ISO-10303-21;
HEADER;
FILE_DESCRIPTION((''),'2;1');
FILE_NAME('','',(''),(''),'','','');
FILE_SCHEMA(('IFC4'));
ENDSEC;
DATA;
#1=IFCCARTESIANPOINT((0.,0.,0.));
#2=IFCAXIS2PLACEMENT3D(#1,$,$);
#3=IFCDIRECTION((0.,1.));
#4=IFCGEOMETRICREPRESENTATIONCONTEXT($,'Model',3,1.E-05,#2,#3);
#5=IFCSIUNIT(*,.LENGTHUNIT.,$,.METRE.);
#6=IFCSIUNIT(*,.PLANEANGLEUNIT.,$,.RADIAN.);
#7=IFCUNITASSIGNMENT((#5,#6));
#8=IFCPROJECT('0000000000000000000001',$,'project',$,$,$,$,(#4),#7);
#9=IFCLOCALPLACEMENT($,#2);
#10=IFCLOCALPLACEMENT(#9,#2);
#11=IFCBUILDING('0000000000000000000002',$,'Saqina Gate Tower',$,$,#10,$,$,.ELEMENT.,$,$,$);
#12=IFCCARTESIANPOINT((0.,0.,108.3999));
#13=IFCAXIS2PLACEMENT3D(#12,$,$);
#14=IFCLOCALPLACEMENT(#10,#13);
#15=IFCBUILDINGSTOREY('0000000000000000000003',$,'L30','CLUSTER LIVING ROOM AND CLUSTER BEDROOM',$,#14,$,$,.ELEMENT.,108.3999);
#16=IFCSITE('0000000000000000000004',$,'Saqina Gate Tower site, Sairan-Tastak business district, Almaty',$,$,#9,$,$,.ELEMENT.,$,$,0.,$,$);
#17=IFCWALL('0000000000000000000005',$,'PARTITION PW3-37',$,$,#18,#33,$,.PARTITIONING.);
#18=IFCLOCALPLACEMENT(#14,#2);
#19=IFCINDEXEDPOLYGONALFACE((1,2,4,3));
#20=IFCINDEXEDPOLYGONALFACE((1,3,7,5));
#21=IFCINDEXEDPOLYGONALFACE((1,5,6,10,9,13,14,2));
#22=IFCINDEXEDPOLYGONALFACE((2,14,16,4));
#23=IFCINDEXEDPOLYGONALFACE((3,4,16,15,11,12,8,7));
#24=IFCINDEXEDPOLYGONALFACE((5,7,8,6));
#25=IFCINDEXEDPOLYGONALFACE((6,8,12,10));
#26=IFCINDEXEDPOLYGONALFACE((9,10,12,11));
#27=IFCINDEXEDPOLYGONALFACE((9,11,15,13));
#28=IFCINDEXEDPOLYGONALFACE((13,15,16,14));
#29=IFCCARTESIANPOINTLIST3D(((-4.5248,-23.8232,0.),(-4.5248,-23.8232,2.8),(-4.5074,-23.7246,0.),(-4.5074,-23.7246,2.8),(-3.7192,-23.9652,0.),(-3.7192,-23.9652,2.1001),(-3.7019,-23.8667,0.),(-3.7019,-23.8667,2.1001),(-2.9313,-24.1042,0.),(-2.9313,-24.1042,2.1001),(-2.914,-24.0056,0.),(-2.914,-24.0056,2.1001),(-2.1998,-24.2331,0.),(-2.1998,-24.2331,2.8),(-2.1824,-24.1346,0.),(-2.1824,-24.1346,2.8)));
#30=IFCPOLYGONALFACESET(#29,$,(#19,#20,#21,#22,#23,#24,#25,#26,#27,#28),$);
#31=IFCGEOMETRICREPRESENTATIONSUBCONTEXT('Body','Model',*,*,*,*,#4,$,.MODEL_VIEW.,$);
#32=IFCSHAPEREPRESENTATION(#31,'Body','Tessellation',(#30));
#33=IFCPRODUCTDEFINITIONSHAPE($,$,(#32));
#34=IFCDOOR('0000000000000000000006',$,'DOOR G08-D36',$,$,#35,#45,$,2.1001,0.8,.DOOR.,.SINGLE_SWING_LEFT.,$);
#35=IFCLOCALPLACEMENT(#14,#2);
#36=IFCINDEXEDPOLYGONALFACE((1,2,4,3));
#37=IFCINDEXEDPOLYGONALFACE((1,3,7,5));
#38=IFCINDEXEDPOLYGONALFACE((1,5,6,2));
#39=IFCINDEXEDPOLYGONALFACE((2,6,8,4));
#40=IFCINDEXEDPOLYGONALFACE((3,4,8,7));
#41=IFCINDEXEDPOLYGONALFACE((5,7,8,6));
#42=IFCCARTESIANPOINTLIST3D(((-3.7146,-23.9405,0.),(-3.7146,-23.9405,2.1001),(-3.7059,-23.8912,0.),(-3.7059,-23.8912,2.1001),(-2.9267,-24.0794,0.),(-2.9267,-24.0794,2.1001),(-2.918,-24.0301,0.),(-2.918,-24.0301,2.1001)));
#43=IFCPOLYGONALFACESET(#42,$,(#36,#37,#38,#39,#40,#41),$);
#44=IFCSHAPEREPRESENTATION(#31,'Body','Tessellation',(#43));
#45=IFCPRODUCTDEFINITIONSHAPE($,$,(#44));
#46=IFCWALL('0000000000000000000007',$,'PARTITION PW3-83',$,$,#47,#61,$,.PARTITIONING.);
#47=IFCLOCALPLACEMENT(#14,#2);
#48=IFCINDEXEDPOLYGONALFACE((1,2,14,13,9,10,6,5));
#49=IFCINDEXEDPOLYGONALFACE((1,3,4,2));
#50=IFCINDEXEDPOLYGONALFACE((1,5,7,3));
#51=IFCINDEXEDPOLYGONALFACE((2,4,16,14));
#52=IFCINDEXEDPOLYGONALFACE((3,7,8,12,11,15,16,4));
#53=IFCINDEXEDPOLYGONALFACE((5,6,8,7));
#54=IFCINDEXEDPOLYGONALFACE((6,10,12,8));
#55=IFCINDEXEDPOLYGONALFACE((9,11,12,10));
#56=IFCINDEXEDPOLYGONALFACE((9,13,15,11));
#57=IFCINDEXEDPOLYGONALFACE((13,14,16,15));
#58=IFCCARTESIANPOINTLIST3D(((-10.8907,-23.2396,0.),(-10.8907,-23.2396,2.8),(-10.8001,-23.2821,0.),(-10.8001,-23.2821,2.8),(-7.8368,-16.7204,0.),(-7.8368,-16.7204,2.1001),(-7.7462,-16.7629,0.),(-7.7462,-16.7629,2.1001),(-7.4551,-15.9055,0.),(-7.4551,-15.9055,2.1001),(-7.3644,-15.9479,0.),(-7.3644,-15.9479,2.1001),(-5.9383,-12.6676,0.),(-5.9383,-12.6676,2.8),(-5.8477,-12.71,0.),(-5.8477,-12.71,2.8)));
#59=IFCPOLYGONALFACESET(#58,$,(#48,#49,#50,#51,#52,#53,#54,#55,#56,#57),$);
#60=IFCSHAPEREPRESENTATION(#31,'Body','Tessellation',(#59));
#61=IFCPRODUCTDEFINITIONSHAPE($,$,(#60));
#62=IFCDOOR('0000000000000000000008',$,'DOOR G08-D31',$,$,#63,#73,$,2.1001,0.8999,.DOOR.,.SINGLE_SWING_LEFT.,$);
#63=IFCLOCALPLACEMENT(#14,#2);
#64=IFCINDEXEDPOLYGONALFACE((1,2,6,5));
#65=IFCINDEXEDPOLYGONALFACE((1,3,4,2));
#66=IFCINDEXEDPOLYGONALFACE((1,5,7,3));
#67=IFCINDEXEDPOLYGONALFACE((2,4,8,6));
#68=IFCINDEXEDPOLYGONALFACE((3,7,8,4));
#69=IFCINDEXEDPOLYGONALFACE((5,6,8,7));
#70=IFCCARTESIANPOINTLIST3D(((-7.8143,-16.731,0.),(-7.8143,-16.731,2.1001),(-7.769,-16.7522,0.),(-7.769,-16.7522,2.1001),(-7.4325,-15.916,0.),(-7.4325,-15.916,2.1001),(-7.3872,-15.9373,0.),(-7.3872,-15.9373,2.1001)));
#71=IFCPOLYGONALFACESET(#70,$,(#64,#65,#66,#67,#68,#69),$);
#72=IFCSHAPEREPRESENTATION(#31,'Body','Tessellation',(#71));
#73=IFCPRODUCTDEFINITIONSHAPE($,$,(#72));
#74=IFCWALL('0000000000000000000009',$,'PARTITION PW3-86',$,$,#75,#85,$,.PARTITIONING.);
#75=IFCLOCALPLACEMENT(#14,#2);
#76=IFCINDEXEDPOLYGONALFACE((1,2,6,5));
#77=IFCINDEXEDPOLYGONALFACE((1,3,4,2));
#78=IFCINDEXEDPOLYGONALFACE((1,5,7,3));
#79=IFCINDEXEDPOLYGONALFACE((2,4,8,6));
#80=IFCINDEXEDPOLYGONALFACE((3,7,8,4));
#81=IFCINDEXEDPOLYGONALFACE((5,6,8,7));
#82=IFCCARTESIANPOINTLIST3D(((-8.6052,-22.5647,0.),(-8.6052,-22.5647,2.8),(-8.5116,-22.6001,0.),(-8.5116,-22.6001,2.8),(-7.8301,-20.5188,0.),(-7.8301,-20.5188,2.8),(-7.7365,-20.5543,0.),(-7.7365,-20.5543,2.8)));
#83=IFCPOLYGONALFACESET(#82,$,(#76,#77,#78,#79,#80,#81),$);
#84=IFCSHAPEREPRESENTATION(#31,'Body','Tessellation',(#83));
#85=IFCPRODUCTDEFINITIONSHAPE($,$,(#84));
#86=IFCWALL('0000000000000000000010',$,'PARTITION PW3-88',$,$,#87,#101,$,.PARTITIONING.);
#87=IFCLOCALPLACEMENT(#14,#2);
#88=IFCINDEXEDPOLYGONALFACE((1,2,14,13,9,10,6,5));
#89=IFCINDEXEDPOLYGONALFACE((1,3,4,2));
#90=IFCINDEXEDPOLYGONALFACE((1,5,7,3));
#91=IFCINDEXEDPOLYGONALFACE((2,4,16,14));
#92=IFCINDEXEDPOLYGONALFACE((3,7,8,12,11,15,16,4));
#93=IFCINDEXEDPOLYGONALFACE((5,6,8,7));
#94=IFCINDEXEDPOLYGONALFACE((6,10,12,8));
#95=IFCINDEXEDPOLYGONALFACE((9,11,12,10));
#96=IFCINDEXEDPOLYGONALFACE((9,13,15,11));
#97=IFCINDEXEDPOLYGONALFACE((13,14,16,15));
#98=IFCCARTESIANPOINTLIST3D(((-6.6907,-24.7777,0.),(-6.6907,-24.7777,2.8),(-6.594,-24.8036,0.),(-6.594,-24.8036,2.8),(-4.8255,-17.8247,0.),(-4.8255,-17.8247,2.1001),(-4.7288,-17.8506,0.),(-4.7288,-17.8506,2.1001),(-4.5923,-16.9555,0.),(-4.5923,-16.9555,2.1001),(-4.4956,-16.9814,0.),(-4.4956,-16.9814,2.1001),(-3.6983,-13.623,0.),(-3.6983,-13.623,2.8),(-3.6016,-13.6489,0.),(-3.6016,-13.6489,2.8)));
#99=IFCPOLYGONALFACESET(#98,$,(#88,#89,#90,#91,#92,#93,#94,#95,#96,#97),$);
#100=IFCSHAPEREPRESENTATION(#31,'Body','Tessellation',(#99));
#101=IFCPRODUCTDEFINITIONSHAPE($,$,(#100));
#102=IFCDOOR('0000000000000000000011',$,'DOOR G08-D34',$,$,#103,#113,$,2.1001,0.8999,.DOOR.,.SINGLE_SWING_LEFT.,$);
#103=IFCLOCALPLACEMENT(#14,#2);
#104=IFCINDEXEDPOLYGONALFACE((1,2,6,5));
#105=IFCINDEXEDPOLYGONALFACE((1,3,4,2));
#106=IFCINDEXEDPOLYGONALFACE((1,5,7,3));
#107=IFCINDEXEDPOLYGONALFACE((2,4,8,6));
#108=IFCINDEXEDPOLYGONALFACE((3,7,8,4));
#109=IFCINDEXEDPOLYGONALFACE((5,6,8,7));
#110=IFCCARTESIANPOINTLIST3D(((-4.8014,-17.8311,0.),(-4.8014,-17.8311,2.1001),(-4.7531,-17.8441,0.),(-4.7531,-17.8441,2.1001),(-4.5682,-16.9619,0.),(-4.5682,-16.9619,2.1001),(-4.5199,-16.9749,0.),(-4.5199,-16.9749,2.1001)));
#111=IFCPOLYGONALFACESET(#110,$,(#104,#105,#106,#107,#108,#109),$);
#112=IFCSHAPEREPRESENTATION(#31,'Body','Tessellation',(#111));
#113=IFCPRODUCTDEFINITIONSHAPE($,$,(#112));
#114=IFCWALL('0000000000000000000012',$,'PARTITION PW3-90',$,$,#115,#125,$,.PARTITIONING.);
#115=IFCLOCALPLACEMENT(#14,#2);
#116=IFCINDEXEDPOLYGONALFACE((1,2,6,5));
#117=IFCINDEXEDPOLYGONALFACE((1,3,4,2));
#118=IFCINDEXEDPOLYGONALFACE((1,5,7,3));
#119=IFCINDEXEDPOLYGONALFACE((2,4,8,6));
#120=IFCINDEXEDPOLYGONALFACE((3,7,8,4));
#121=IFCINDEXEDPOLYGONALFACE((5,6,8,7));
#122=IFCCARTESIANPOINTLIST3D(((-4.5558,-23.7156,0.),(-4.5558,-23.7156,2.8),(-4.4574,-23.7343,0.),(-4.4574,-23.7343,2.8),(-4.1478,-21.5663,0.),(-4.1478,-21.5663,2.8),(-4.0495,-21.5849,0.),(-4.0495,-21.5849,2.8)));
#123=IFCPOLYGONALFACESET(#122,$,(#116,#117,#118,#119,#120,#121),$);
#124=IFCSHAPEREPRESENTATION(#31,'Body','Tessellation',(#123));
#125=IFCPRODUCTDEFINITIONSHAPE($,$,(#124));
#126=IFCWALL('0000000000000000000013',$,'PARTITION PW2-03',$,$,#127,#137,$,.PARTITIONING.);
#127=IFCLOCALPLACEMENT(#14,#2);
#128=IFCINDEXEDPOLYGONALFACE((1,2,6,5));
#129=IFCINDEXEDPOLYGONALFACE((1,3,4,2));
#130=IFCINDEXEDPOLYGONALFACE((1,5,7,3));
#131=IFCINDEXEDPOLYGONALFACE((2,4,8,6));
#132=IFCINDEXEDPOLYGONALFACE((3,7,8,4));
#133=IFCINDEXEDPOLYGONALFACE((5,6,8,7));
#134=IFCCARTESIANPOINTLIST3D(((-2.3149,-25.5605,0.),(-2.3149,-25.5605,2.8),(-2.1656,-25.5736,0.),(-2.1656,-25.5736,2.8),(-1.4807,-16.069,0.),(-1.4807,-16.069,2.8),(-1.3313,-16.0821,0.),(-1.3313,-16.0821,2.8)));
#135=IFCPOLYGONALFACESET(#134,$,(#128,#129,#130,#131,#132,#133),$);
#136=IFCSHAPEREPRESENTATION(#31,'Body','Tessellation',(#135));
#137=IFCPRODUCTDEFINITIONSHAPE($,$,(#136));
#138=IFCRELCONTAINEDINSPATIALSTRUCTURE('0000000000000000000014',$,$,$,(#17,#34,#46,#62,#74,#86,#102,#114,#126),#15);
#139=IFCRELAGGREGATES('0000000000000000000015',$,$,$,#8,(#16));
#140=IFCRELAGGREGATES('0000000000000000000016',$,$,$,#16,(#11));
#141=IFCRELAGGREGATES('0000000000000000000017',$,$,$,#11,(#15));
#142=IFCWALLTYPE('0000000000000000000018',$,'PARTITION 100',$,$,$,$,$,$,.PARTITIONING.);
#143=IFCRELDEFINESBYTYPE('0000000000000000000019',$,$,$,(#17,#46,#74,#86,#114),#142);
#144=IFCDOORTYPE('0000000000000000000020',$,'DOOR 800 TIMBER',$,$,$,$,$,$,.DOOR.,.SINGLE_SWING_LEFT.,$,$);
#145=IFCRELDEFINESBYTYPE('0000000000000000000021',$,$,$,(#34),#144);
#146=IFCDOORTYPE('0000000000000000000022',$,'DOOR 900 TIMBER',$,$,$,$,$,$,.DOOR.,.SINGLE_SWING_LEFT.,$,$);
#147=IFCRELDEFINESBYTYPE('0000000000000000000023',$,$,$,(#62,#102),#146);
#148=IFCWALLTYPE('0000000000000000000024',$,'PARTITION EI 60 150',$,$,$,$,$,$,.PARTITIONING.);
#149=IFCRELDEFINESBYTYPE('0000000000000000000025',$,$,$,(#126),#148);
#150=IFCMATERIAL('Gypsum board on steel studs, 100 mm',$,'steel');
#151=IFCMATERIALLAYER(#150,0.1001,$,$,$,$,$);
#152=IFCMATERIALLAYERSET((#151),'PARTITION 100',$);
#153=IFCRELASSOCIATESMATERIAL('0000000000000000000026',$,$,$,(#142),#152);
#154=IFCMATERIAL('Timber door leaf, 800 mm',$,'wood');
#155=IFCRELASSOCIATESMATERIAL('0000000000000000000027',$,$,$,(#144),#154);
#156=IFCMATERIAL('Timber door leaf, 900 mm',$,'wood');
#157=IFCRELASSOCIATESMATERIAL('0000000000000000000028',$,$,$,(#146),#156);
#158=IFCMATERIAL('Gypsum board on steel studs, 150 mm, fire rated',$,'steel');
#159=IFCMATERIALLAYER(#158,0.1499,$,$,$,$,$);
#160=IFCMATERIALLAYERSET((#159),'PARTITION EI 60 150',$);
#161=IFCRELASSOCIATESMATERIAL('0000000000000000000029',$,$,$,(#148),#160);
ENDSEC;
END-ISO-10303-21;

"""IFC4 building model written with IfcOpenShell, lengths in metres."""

from ifc_helpers import new_model, si_unit, direction, frame, frame_2d, origin, place, context, subcontext, project, spatial, rectangle, extrude, material, layer, layer_set, type_object, element, fill, save


model = new_model("IFC4")

# Units and contexts
model_context = context("Model", 3, precision=1e-05, world=origin(), true_north=direction((0.0, 1.0)))
body_context = subcontext(model_context, "Body", "Model", "MODEL_VIEW")
ifc_project = project(units=[si_unit("LENGTHUNIT", "METRE"), si_unit("PLANEANGLEUNIT", "RADIAN")], contexts=[model_context])

# Site, building, storey
site_placement = place(None, origin())
site = spatial("IfcSite", under=ifc_project, at=site_placement, Name="Saqina Gate Tower site, Sairan-Tastak business district, Almaty", CompositionType="ELEMENT", RefElevation=0.0)
building_placement = place(site_placement, origin())
building = spatial("IfcBuilding", under=site, at=building_placement, Name="Saqina Gate Tower", CompositionType="ELEMENT")
storey_placement = place(building_placement, frame((0.0, 0.0, 108.3999)))
storey = spatial("IfcBuildingStorey", under=building, at=storey_placement, Name="L30", Description="CLUSTER LIVING ROOM AND CLUSTER BEDROOM", CompositionType="ELEMENT", Elevation=108.3999)

# Walls, openings, doors
ifc_material_1 = material(Name="Gypsum board on steel studs, 100 mm", Category="steel")
ifc_layer_1 = layer(ifc_material_1, 0.1001)
ifc_layer_set_1 = layer_set([ifc_layer_1], Name="PARTITION 100")
wall_type_1 = type_object("IfcWallType", Name="PARTITION 100", PredefinedType="PARTITIONING", material=ifc_layer_set_1)
ifc_material_2 = material(Name="Timber door leaf, 800 mm", Category="wood")
door_type_1 = type_object("IfcDoorType", Name="DOOR 800 TIMBER", OperationType="SINGLE_SWING_LEFT", PredefinedType="DOOR", material=ifc_material_2)
wall_1_placement = place(storey_placement, frame((-4.5161, -23.7739, 0.0), z_axis=(0.0, 0.0, 1.0), x_axis=(0.984811, -0.173632, 0.0)))
wall_1 = element("IfcWall", 1, at=wall_1_placement, inside=storey, type_object=wall_type_1, Name="PARTITION PW3-37", PredefinedType="PARTITIONING", context=body_context, shape_type="SweptSolid", body=[
    extrude(rectangle(XDim=2.3608, YDim=0.1001, at=frame_2d((1.1804, 0.0))), origin(), (0.0, 0.0, 1.0), 2.8),
])
opening_1_placement = place(wall_1_placement, frame((0.8181, 0.0, 0.0)))
opening_1 = element("IfcOpeningElement", 2, at=opening_1_placement, cuts=wall_1, PredefinedType="OPENING", context=body_context, shape_type="SweptSolid", body=[
    extrude(rectangle(XDim=0.8, YDim=2.1001, at=frame_2d((0.3999, 1.05))), frame((0.0, 0.062, 0.0), z_axis=(0.0, -1.0, 0.0), x_axis=(1.0, 0.0, 0.0)), (0.0, 0.0, 1.0), 0.124),
])
door_1_placement = place(opening_1_placement, frame((0.8, 0.0, 0.0), z_axis=(0.0, 0.0, 1.0), x_axis=(-1.0, 0.0, 0.0)))
door_1 = element("IfcDoor", 3, at=door_1_placement, inside=storey, type_object=door_type_1, Name="DOOR G08-D36", OperationType="SINGLE_SWING_LEFT", OverallHeight=2.1001, OverallWidth=0.8, PredefinedType="DOOR", context=body_context, shape_type="SweptSolid", body=[
    extrude(rectangle(XDim=0.8, YDim=2.1001, at=frame_2d((0.3999, 1.05))), frame((0.0, 0.0249, 0.0), z_axis=(0.0, -1.0, 0.0), x_axis=(1.0, 0.0, 0.0)), (0.0, 0.0, 1.0), 0.05),
])
fill(opening_1, door_1)
wall_2_placement = place(storey_placement, frame((-10.8455, -23.261, 0.0), z_axis=(0.0, 0.0, 1.0), x_axis=(0.424206, 0.905566, 0.0)))
wall_2 = element("IfcWall", 4, at=wall_2_placement, inside=storey, type_object=wall_type_1, Name="PARTITION PW3-83", PredefinedType="PARTITIONING", context=body_context, shape_type="SweptSolid", body=[
    extrude(rectangle(XDim=11.6746, YDim=0.1001, at=frame_2d((5.8374, 0.0))), origin(), (0.0, 0.0, 1.0), 2.8),
])
opening_2_placement = place(wall_2_placement, frame((7.1992, 0.0, 0.0)))
opening_2 = element("IfcOpeningElement", 5, at=opening_2_placement, cuts=wall_2, PredefinedType="OPENING", context=body_context, shape_type="SweptSolid", body=[
    extrude(rectangle(XDim=0.8999, YDim=2.1001, at=frame_2d((0.45, 1.05))), frame((0.0, 0.062, 0.0), z_axis=(0.0, -1.0, 0.0), x_axis=(1.0, 0.0, 0.0)), (0.0, 0.0, 1.0), 0.124),
])
ifc_material_3 = material(Name="Timber door leaf, 900 mm", Category="wood")
door_type_2 = type_object("IfcDoorType", Name="DOOR 900 TIMBER", OperationType="SINGLE_SWING_LEFT", PredefinedType="DOOR", material=ifc_material_3)
door_2_placement = place(opening_2_placement, frame((0.8999, 0.0, 0.0), z_axis=(0.0, 0.0, 1.0), x_axis=(-1.0, 0.0, 0.0)))
door_2 = element("IfcDoor", 6, at=door_2_placement, inside=storey, type_object=door_type_2, Name="DOOR G08-D31", OperationType="SINGLE_SWING_LEFT", OverallHeight=2.1001, OverallWidth=0.8999, PredefinedType="DOOR", context=body_context, shape_type="SweptSolid", body=[
    extrude(rectangle(XDim=0.8999, YDim=2.1001, at=frame_2d((0.45, 1.05))), frame((0.0, 0.0249, 0.0), z_axis=(0.0, -1.0, 0.0), x_axis=(1.0, 0.0, 0.0)), (0.0, 0.0, 1.0), 0.05),
])
fill(opening_2, door_2)

# Wall
wall_3_placement = place(storey_placement, frame((-8.5583, -22.5823, 0.0), z_axis=(0.0, 0.0, 1.0), x_axis=(0.354301, 0.935131, 0.0)))
element("IfcWall", 7, at=wall_3_placement, inside=storey, type_object=wall_type_1, Name="PARTITION PW3-86", PredefinedType="PARTITIONING", context=body_context, shape_type="SweptSolid", body=[
    extrude(rectangle(XDim=2.1877, YDim=0.1001, at=frame_2d((1.0938, 0.0))), origin(), (0.0, 0.0, 1.0), 2.8),
])

# Wall, opening, door
wall_4_placement = place(storey_placement, frame((-6.6423, -24.7905, 0.0), z_axis=(0.0, 0.0, 1.0), x_axis=(0.259103, 0.96585, 0.0)))
wall_4 = element("IfcWall", 8, at=wall_4_placement, inside=storey, type_object=wall_type_1, Name="PARTITION PW3-88", PredefinedType="PARTITIONING", context=body_context, shape_type="SweptSolid", body=[
    extrude(rectangle(XDim=11.5491, YDim=0.1001, at=frame_2d((5.7744, 0.0))), origin(), (0.0, 0.0, 1.0), 2.8),
])
opening_3_placement = place(wall_4_placement, frame((7.1987, 0.0, 0.0)))
opening_3 = element("IfcOpeningElement", 9, at=opening_3_placement, cuts=wall_4, PredefinedType="OPENING", context=body_context, shape_type="SweptSolid", body=[
    extrude(rectangle(XDim=0.8999, YDim=2.1001, at=frame_2d((0.45, 1.05))), frame((0.0, 0.062, 0.0), z_axis=(0.0, -1.0, 0.0), x_axis=(1.0, 0.0, 0.0)), (0.0, 0.0, 1.0), 0.124),
])
door_3_placement = place(opening_3_placement, frame((0.8999, 0.0, 0.0), z_axis=(0.0, 0.0, 1.0), x_axis=(-1.0, 0.0, 0.0)))
door_3 = element("IfcDoor", 10, at=door_3_placement, inside=storey, type_object=door_type_2, Name="DOOR G08-D34", OperationType="SINGLE_SWING_LEFT", OverallHeight=2.1001, OverallWidth=0.8999, PredefinedType="DOOR", context=body_context, shape_type="SweptSolid", body=[
    extrude(rectangle(XDim=0.8999, YDim=2.1001, at=frame_2d((0.45, 1.05))), frame((0.0, 0.0249, 0.0), z_axis=(0.0, -1.0, 0.0), x_axis=(1.0, 0.0, 0.0)), (0.0, 0.0, 1.0), 0.05),
])
fill(opening_3, door_3)

# Walls
wall_5_placement = place(storey_placement, frame((-4.5066, -23.7249, 0.0), z_axis=(0.0, 0.0, 1.0), x_axis=(0.186471, 0.98246, 0.0)))
element("IfcWall", 11, at=wall_5_placement, inside=storey, type_object=wall_type_1, Name="PARTITION PW3-90", PredefinedType="PARTITIONING", context=body_context, shape_type="SweptSolid", body=[
    extrude(rectangle(XDim=2.1877, YDim=0.1001, at=frame_2d((1.0938, 0.0))), origin(), (0.0, 0.0, 1.0), 2.8),
])
ifc_material_4 = material(Name="Gypsum board on steel studs, 150 mm, fire rated", Category="steel")
ifc_layer_2 = layer(ifc_material_4, 0.1499)
ifc_layer_set_2 = layer_set([ifc_layer_2], Name="PARTITION EI 60 150")
wall_type_2 = type_object("IfcWallType", Name="PARTITION EI 60 150", PredefinedType="PARTITIONING", material=ifc_layer_set_2)
wall_6_placement = place(storey_placement, frame((-2.2402, -25.5671, 0.0), z_axis=(0.0, 0.0, 1.0), x_axis=(0.087555, 0.99616, 0.0)))
element("IfcWall", 12, at=wall_6_placement, inside=storey, type_object=wall_type_2, Name="PARTITION PW2-03", PredefinedType="PARTITIONING", context=body_context, shape_type="SweptSolid", body=[
    extrude(rectangle(XDim=9.5281, YDim=0.1499, at=frame_2d((4.7642, 0.0))), origin(), (0.0, 0.0, 1.0), 2.8),
])

save(model, "model.ifc")
